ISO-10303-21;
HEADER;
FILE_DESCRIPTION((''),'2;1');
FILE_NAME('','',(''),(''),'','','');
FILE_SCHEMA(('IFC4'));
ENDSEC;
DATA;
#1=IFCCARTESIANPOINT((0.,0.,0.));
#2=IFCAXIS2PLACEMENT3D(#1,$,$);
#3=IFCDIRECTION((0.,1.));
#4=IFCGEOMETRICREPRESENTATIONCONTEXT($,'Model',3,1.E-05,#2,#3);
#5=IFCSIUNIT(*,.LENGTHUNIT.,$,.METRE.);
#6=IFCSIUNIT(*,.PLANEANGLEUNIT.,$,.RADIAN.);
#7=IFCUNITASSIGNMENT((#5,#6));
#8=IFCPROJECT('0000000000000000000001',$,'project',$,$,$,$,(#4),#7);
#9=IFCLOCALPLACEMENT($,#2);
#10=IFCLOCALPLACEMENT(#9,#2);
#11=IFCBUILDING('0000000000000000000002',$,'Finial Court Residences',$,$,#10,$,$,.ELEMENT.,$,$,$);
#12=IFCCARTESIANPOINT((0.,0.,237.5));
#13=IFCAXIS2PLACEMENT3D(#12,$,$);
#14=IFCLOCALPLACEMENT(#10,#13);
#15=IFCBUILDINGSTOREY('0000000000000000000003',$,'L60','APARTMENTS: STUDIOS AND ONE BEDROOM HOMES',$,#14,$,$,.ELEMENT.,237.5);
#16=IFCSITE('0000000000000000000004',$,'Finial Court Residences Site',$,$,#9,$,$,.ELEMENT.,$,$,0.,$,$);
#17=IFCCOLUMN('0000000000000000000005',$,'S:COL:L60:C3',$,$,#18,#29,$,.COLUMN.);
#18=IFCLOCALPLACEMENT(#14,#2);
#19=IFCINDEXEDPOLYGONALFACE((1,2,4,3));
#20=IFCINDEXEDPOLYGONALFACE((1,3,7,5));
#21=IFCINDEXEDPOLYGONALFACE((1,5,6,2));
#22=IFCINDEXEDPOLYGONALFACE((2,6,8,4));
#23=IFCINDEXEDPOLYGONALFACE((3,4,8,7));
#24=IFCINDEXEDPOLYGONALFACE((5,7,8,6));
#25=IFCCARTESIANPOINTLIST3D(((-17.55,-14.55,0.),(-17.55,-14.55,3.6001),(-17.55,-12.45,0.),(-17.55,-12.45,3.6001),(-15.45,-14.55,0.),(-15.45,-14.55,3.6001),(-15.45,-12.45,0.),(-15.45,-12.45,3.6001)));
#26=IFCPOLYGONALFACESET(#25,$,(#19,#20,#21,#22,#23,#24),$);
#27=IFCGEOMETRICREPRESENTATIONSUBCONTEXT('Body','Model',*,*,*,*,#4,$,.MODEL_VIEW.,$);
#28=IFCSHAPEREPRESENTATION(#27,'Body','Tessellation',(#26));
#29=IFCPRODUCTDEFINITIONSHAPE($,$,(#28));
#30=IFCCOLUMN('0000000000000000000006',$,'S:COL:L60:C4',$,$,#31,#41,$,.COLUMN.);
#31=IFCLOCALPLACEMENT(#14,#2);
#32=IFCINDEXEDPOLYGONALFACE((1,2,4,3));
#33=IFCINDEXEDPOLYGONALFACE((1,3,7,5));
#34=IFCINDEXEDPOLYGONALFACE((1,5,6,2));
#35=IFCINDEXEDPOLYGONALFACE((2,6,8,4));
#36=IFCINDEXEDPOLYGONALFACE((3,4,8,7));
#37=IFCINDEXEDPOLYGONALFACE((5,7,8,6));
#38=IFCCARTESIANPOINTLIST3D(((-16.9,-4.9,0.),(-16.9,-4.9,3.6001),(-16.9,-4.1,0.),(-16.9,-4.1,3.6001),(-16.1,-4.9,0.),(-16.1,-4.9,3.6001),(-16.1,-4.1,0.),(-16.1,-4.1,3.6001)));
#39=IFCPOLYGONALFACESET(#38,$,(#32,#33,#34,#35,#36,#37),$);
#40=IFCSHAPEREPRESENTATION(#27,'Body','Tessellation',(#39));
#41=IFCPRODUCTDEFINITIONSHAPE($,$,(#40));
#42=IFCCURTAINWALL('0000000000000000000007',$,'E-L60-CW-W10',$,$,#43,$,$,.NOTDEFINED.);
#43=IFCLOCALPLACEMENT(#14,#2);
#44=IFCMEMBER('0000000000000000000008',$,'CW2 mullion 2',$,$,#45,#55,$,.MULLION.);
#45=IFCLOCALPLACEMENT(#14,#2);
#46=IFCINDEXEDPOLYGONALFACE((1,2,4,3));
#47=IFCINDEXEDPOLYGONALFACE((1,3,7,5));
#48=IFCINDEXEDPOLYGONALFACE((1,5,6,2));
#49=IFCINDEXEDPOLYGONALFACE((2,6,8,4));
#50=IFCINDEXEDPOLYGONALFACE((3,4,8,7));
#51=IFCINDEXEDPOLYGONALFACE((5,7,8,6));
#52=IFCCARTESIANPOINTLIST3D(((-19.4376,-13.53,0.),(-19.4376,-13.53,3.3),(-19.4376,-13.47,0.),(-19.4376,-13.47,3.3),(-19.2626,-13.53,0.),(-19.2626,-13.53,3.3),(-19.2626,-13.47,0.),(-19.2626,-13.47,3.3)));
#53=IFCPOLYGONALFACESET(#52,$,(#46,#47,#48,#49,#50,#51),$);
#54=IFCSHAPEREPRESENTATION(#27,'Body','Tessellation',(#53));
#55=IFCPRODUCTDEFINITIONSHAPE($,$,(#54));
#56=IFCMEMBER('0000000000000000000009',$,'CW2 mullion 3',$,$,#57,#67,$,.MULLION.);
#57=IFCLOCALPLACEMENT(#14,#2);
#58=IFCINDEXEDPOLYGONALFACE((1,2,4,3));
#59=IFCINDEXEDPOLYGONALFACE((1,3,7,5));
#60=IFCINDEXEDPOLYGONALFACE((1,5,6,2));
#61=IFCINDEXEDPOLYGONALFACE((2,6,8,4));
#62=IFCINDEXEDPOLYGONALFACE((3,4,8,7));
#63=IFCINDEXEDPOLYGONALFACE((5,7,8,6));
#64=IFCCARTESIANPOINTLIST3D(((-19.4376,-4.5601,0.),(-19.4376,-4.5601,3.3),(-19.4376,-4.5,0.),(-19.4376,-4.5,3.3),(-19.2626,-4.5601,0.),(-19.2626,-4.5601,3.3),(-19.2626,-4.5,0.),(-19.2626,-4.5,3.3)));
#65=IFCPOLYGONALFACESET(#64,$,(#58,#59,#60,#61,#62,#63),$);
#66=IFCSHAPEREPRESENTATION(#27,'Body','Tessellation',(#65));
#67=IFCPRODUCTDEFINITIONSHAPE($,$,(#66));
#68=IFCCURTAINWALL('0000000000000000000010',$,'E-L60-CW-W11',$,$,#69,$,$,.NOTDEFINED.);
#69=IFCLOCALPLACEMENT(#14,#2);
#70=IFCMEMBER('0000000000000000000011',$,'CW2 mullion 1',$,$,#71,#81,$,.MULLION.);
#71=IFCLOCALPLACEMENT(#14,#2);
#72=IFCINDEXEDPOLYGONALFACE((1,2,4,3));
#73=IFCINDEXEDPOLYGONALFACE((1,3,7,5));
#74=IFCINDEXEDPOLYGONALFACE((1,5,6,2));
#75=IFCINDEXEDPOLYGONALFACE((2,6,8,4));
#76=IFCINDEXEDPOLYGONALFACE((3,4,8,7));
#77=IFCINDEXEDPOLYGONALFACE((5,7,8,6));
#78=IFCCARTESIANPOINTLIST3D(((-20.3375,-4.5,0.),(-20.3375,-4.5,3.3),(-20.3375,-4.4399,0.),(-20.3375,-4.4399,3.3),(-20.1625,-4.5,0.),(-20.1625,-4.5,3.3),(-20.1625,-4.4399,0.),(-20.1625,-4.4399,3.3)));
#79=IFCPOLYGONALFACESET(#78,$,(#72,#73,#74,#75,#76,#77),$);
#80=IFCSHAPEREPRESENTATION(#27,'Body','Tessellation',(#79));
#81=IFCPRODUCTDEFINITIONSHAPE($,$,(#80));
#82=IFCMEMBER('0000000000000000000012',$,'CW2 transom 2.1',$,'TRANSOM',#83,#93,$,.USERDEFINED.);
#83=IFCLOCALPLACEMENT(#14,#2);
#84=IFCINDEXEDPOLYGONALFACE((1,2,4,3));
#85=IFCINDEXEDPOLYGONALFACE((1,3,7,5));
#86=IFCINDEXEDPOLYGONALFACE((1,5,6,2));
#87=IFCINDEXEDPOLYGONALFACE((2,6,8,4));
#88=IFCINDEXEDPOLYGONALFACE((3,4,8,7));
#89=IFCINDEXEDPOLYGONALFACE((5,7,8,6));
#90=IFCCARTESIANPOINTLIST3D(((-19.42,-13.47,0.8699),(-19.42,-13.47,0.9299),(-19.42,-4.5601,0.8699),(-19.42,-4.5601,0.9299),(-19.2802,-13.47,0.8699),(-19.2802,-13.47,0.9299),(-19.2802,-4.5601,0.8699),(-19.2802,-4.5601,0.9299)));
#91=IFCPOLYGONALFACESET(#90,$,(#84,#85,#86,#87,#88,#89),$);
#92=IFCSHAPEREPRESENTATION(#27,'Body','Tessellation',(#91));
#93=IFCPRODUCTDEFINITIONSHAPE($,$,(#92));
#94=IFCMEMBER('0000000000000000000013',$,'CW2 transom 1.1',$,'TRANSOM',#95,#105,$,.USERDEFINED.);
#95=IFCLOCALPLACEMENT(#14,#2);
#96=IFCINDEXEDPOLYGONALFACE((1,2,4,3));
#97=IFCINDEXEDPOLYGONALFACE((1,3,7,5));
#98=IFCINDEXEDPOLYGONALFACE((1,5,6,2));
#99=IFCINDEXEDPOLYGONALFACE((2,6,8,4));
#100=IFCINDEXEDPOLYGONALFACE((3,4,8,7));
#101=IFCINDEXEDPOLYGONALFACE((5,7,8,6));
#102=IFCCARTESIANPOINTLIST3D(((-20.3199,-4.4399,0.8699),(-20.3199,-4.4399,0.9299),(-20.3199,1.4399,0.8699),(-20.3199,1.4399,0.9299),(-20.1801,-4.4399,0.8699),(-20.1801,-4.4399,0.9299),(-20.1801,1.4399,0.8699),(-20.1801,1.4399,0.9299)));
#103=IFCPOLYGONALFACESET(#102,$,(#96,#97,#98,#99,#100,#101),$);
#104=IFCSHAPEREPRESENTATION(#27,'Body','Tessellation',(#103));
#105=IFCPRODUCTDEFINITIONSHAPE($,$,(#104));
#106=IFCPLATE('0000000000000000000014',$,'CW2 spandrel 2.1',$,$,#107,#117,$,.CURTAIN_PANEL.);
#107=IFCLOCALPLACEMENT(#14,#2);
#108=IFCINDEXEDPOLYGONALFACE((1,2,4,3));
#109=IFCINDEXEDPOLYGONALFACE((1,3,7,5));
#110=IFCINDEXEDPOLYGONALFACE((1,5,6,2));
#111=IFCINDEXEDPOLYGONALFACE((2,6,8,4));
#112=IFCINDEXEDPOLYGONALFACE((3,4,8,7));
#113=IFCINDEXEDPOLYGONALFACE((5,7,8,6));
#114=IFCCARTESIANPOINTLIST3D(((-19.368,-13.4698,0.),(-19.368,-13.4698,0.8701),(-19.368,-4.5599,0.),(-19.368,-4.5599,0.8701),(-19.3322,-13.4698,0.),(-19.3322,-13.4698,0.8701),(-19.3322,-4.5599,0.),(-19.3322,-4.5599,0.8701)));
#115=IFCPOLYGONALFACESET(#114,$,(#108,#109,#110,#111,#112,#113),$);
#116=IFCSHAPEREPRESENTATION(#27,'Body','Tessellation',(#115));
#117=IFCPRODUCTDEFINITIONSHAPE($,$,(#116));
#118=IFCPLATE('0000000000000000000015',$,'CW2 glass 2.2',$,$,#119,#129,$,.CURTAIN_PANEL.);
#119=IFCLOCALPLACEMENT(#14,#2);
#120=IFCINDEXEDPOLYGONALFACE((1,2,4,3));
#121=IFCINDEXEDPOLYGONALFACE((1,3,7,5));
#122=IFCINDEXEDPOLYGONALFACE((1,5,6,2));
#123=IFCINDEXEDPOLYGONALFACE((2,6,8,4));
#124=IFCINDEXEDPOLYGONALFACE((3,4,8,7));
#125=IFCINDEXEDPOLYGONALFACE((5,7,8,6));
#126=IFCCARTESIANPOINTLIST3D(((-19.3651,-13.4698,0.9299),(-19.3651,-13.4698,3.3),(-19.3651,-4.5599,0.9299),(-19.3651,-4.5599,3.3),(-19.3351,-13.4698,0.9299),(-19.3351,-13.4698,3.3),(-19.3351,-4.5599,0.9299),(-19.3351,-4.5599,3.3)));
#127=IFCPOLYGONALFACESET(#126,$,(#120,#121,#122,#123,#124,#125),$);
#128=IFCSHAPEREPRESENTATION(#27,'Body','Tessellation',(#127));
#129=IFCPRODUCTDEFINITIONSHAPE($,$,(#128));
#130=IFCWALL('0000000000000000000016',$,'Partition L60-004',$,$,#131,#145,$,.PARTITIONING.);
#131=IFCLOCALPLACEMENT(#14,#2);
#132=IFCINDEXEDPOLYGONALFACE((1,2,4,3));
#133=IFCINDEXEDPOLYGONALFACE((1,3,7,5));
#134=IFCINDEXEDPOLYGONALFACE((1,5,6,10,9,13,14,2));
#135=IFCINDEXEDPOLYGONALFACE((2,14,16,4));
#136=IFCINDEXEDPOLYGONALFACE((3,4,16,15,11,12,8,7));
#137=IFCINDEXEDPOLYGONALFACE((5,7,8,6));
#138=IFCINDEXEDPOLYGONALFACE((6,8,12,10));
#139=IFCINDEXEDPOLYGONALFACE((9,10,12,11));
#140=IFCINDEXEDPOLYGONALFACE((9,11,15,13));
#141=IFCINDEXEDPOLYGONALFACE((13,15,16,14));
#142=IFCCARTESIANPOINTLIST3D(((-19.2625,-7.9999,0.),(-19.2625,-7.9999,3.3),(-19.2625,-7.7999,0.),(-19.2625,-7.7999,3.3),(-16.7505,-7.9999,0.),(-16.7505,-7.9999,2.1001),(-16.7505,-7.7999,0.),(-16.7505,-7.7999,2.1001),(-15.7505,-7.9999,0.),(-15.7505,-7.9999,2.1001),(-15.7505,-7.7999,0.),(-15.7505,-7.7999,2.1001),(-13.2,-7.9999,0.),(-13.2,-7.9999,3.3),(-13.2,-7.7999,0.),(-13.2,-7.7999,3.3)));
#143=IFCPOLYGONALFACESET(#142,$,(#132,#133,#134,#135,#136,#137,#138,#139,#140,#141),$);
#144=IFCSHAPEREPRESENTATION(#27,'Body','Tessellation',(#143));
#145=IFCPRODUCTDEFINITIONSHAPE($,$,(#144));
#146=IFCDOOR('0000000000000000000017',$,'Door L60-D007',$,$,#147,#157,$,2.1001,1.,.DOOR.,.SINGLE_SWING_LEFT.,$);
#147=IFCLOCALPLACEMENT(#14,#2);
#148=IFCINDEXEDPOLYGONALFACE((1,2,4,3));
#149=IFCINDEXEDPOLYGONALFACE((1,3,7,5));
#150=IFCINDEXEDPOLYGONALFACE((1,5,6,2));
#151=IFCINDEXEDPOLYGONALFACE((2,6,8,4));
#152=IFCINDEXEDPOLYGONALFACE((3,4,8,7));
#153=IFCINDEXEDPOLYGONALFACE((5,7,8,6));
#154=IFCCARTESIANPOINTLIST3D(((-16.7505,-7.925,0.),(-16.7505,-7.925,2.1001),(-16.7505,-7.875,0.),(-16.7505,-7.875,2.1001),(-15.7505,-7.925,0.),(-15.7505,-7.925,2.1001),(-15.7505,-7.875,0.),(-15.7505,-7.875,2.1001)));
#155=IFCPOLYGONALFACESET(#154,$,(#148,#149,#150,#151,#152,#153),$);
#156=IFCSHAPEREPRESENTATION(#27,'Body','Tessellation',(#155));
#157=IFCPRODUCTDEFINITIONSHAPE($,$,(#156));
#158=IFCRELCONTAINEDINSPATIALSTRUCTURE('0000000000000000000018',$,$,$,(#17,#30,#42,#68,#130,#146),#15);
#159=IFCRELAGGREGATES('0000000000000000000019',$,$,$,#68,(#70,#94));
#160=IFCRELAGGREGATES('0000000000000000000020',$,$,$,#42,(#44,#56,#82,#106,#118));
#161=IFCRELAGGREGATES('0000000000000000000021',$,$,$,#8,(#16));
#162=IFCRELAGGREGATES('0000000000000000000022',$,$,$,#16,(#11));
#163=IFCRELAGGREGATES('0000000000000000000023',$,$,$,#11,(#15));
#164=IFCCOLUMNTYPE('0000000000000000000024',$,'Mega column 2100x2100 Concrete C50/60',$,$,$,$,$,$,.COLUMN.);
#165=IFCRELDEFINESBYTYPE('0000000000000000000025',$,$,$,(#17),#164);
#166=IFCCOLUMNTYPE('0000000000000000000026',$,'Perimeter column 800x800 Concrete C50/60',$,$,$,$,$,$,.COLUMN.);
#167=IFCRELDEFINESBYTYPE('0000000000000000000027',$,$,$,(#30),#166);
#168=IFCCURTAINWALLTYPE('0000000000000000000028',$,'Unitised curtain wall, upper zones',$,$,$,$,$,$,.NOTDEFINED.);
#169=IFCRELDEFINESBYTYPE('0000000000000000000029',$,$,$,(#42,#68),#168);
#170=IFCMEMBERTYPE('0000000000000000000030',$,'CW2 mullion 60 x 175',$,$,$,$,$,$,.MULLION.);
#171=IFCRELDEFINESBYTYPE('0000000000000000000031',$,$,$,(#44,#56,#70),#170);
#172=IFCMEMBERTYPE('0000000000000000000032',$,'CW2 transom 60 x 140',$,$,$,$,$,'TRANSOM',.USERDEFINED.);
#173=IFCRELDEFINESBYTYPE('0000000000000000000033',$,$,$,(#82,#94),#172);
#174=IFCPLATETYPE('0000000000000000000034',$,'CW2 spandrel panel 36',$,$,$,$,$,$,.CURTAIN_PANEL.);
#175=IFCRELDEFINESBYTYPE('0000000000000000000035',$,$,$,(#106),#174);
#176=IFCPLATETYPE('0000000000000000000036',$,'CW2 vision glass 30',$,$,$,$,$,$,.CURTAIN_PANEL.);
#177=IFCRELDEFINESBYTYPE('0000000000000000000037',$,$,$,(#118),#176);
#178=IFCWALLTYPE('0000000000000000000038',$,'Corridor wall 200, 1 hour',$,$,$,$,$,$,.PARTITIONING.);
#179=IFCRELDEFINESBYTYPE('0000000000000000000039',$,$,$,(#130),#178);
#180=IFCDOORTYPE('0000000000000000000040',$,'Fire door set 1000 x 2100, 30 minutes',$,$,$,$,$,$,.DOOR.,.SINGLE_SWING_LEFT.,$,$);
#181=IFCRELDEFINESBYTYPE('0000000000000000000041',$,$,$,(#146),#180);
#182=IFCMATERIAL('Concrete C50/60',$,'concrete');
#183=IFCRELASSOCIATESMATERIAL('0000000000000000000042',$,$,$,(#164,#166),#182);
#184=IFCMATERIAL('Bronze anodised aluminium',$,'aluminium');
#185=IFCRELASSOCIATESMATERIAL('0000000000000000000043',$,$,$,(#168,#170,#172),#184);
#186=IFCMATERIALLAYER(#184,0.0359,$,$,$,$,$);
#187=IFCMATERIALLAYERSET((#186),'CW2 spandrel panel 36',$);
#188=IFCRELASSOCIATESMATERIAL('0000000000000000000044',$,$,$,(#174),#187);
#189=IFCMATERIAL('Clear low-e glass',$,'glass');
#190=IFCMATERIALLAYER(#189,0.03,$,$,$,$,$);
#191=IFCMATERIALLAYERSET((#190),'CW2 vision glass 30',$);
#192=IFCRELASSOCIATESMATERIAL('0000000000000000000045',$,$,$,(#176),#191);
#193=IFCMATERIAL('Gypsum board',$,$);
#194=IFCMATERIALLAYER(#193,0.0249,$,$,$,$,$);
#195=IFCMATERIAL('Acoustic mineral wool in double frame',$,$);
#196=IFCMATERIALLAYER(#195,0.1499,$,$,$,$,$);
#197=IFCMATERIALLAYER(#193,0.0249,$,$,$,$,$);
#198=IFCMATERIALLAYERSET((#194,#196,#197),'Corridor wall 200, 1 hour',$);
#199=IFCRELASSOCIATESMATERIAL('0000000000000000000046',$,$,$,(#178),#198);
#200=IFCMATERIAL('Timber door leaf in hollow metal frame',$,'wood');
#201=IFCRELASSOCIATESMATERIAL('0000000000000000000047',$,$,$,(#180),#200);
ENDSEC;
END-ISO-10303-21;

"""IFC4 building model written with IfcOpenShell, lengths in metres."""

from ifc_helpers import new_model, si_unit, direction, frame, frame_2d, origin, origin_2d, place, context, subcontext, project, spatial, rectangle, extrude, material, layer, layer_set, material_profile, profile_set, type_object, element, fill, aggregate, save


model = new_model("IFC4")

# Units and contexts
model_context = context("Model", 3, precision=1e-05, world=origin(), true_north=direction((0.0, 1.0)))
body_context = subcontext(model_context, "Body", "Model", "MODEL_VIEW")
ifc_project = project(units=[si_unit("LENGTHUNIT", "METRE"), si_unit("PLANEANGLEUNIT", "RADIAN")], contexts=[model_context])

# Site, building, storey
site_placement = place(None, origin())
site = spatial("IfcSite", under=ifc_project, at=site_placement, Name="Finial Court Residences Site", CompositionType="ELEMENT", RefElevation=0.0)
building_placement = place(site_placement, origin())
building = spatial("IfcBuilding", under=site, at=building_placement, Name="Finial Court Residences", CompositionType="ELEMENT")
storey_placement = place(building_placement, frame((0.0, 0.0, 237.5)))
storey = spatial("IfcBuildingStorey", under=building, at=storey_placement, Name="L60", Description="APARTMENTS: STUDIOS AND ONE BEDROOM HOMES", CompositionType="ELEMENT", Elevation=237.5)

# Columns
ifc_material_1 = material(Name="Concrete C50/60", Category="concrete")
ifc_material_profile_1 = material_profile(ifc_material_1, rectangle(XDim=2.1001, YDim=2.1001, at=origin_2d()), Name="2100x2100")
ifc_profile_set_1 = profile_set([ifc_material_profile_1], Name="Concrete C50/60")
column_type_1 = type_object("IfcColumnType", Name="Mega column 2100x2100 Concrete C50/60", PredefinedType="COLUMN", material=ifc_profile_set_1)
column_1_placement = place(storey_placement, frame((-16.5, -13.5, 0.0), z_axis=(0.0, 0.0, 1.0), x_axis=(1.0, 0.0, 0.0)))
element("IfcColumn", 1, at=column_1_placement, inside=storey, type_object=column_type_1, Name="S:COL:L60:C3", PredefinedType="COLUMN", context=body_context, shape_type="SweptSolid", body=[
    extrude(rectangle(XDim=2.1001, YDim=2.1001, at=origin_2d()), origin(), (0.0, 0.0, 1.0), 3.6001),
])
ifc_material_profile_2 = material_profile(ifc_material_1, rectangle(XDim=0.8, YDim=0.8, at=origin_2d()), Name="800x800")
ifc_profile_set_2 = profile_set([ifc_material_profile_2], Name="Concrete C50/60")
column_type_2 = type_object("IfcColumnType", Name="Perimeter column 800x800 Concrete C50/60", PredefinedType="COLUMN", material=ifc_profile_set_2)
column_2_placement = place(storey_placement, frame((-16.5, -4.5, 0.0), z_axis=(0.0, 0.0, 1.0), x_axis=(1.0, 0.0, 0.0)))
element("IfcColumn", 2, at=column_2_placement, inside=storey, type_object=column_type_2, Name="S:COL:L60:C4", PredefinedType="COLUMN", context=body_context, shape_type="SweptSolid", body=[
    extrude(rectangle(XDim=0.8, YDim=0.8, at=origin_2d()), origin(), (0.0, 0.0, 1.0), 3.6001),
])

# Curtain wall, members
ifc_material_2 = material(Name="Bronze anodised aluminium", Category="aluminium")
curtain_wall_type = type_object("IfcCurtainWallType", Name="Unitised curtain wall, upper zones", PredefinedType="NOTDEFINED", material=ifc_material_2)
curtain_wall_1_placement = place(storey_placement, origin())
curtain_wall_1 = element("IfcCurtainWall", 3, at=curtain_wall_1_placement, inside=storey, type_object=curtain_wall_type, Name="E-L60-CW-W10", PredefinedType="NOTDEFINED")
ifc_material_profile_3 = material_profile(ifc_material_2, rectangle(XDim=0.175, YDim=0.0601, at=origin_2d()), Name="CW2 mullion 60 x 175")
ifc_profile_set_3 = profile_set([ifc_material_profile_3], Name="Bronze anodised aluminium")
member_type_1 = type_object("IfcMemberType", Name="CW2 mullion 60 x 175", PredefinedType="MULLION", material=ifc_profile_set_3)
member_1_placement = place(storey_placement, frame((-19.3501, -13.5, 0.0), z_axis=(0.0, 0.0, 1.0), x_axis=(-1.0, 0.0, 0.0)))
member_1 = element("IfcMember", 4, at=member_1_placement, type_object=member_type_1, Name="CW2 mullion 2", PredefinedType="MULLION", context=body_context, shape_type="SweptSolid", body=[
    extrude(rectangle(XDim=0.175, YDim=0.0601, at=origin_2d()), origin(), (0.0, 0.0, 1.0), 3.3),
])
member_2_placement = place(storey_placement, frame((-19.3501, -4.53, 0.0), z_axis=(0.0, 0.0, 1.0), x_axis=(-1.0, 0.0, 0.0)))
member_2 = element("IfcMember", 5, at=member_2_placement, type_object=member_type_1, Name="CW2 mullion 3", PredefinedType="MULLION", context=body_context, shape_type="SweptSolid", body=[
    extrude(rectangle(XDim=0.175, YDim=0.0601, at=origin_2d()), origin(), (0.0, 0.0, 1.0), 3.3),
])

# Curtain wall, member
curtain_wall_2_placement = place(storey_placement, origin())
curtain_wall_2 = element("IfcCurtainWall", 6, at=curtain_wall_2_placement, inside=storey, type_object=curtain_wall_type, Name="E-L60-CW-W11", PredefinedType="NOTDEFINED")
member_3_placement = place(storey_placement, frame((-20.25, -4.47, 0.0), z_axis=(0.0, 0.0, 1.0), x_axis=(-1.0, 0.0, 0.0)))
member_3 = element("IfcMember", 7, at=member_3_placement, type_object=member_type_1, Name="CW2 mullion 1", PredefinedType="MULLION", context=body_context, shape_type="SweptSolid", body=[
    extrude(rectangle(XDim=0.175, YDim=0.0601, at=origin_2d()), origin(), (0.0, 0.0, 1.0), 3.3),
])

# Members
ifc_material_profile_4 = material_profile(ifc_material_2, rectangle(XDim=0.1399, YDim=0.0601, at=origin_2d()), Name="CW2 transom 60 x 140")
ifc_profile_set_4 = profile_set([ifc_material_profile_4], Name="Bronze anodised aluminium")
member_type_2 = type_object("IfcMemberType", Name="CW2 transom 60 x 140", ElementType="TRANSOM", PredefinedType="USERDEFINED", material=ifc_profile_set_4)
member_4_placement = place(storey_placement, frame((-19.3501, -13.47, 0.8999), z_axis=(0.0, 1.0, 0.0), x_axis=(-1.0, 0.0, 0.0)))
member_4 = element("IfcMember", 8, at=member_4_placement, type_object=member_type_2, Name="CW2 transom 2.1", ObjectType="TRANSOM", PredefinedType="USERDEFINED", context=body_context, shape_type="SweptSolid", body=[
    extrude(rectangle(XDim=0.1399, YDim=0.0601, at=origin_2d()), origin(), (0.0, 0.0, 1.0), 8.9099),
])
member_5_placement = place(storey_placement, frame((-20.25, -4.4399, 0.8999), z_axis=(0.0, 1.0, 0.0), x_axis=(-1.0, 0.0, 0.0)))
member_5 = element("IfcMember", 9, at=member_5_placement, type_object=member_type_2, Name="CW2 transom 1.1", ObjectType="TRANSOM", PredefinedType="USERDEFINED", context=body_context, shape_type="SweptSolid", body=[
    extrude(rectangle(XDim=0.1399, YDim=0.0601, at=origin_2d()), origin(), (0.0, 0.0, 1.0), 5.8799),
])
aggregate(curtain_wall_2, [member_3, member_5])

# Plates
ifc_layer_1 = layer(ifc_material_2, 0.0359)
ifc_layer_set_1 = layer_set([ifc_layer_1], Name="CW2 spandrel panel 36")
plate_type_1 = type_object("IfcPlateType", Name="CW2 spandrel panel 36", PredefinedType="CURTAIN_PANEL", material=ifc_layer_set_1)
plate_1_placement = place(storey_placement, frame((-19.3501, -9.0149, 0.0), z_axis=(0.0, 0.0, 1.0), x_axis=(0.0, 1.0, 0.0)))
plate_1 = element("IfcPlate", 10, at=plate_1_placement, type_object=plate_type_1, Name="CW2 spandrel 2.1", PredefinedType="CURTAIN_PANEL", context=body_context, shape_type="SweptSolid", body=[
    extrude(rectangle(XDim=8.9099, YDim=0.0359, at=origin_2d()), origin(), (0.0, 0.0, 1.0), 0.8701),
])
ifc_material_3 = material(Name="Clear low-e glass", Category="glass")
ifc_layer_2 = layer(ifc_material_3, 0.03)
ifc_layer_set_2 = layer_set([ifc_layer_2], Name="CW2 vision glass 30")
plate_type_2 = type_object("IfcPlateType", Name="CW2 vision glass 30", PredefinedType="CURTAIN_PANEL", material=ifc_layer_set_2)
plate_2_placement = place(storey_placement, frame((-19.3501, -9.0149, 0.9299), z_axis=(0.0, 0.0, 1.0), x_axis=(0.0, 1.0, 0.0)))
plate_2 = element("IfcPlate", 11, at=plate_2_placement, type_object=plate_type_2, Name="CW2 glass 2.2", PredefinedType="CURTAIN_PANEL", context=body_context, shape_type="SweptSolid", body=[
    extrude(rectangle(XDim=8.9099, YDim=0.03, at=origin_2d()), origin(), (0.0, 0.0, 1.0), 2.3701),
])
aggregate(curtain_wall_1, [member_1, member_2, member_4, plate_1, plate_2])

# Wall, opening, door
ifc_material_4 = material(Name="Gypsum board")
ifc_layer_3 = layer(ifc_material_4, 0.0249)
ifc_material_5 = material(Name="Acoustic mineral wool in double frame")
ifc_layer_4 = layer(ifc_material_5, 0.1499)
ifc_layer_5 = layer(ifc_material_4, 0.0249)
ifc_layer_set_3 = layer_set([ifc_layer_3, ifc_layer_4, ifc_layer_5], Name="Corridor wall 200, 1 hour")
wall_type_1 = type_object("IfcWallType", Name="Corridor wall 200, 1 hour", PredefinedType="PARTITIONING", material=ifc_layer_set_3)
wall_1_placement = place(storey_placement, frame((-19.2625, -7.8999, 0.0), z_axis=(0.0, 0.0, 1.0), x_axis=(1.0, 0.0, 0.0)))
wall_1 = element("IfcWall", 12, at=wall_1_placement, inside=storey, type_object=wall_type_1, Name="Partition L60-004", PredefinedType="PARTITIONING", context=body_context, shape_type="SweptSolid", body=[
    extrude(rectangle(XDim=6.0625, YDim=0.2, at=frame_2d((3.0312, 0.0))), origin(), (0.0, 0.0, 1.0), 3.3),
])
opening_1_placement = place(wall_1_placement, frame((2.512, 0.0, 0.0)))
opening_1 = element("IfcOpeningElement", 13, at=opening_1_placement, cuts=wall_1, PredefinedType="OPENING", context=body_context, shape_type="SweptSolid", body=[
    extrude(rectangle(XDim=1.0, YDim=2.1001, at=frame_2d((0.5, 1.05))), frame((0.0, 0.1099, 0.0), z_axis=(0.0, -1.0, 0.0), x_axis=(1.0, 0.0, 0.0)), (0.0, 0.0, 1.0), 0.22),
])
ifc_material_6 = material(Name="Timber door leaf in hollow metal frame", Category="wood")
door_type_1 = type_object("IfcDoorType", Name="Fire door set 1000 x 2100, 30 minutes", OperationType="SINGLE_SWING_LEFT", PredefinedType="DOOR", material=ifc_material_6)
door_1_placement = place(opening_1_placement, origin())
door_1 = element("IfcDoor", 14, at=door_1_placement, inside=storey, type_object=door_type_1, Name="Door L60-D007", OperationType="SINGLE_SWING_LEFT", OverallHeight=2.1001, OverallWidth=1.0, PredefinedType="DOOR", context=body_context, shape_type="SweptSolid", body=[
    extrude(rectangle(XDim=1.0, YDim=2.1001, at=frame_2d((0.5, 1.05))), frame((0.0, 0.0249, 0.0), z_axis=(0.0, -1.0, 0.0), x_axis=(1.0, 0.0, 0.0)), (0.0, 0.0, 1.0), 0.05),
])
fill(opening_1, door_1)

save(model, "model.ifc")
